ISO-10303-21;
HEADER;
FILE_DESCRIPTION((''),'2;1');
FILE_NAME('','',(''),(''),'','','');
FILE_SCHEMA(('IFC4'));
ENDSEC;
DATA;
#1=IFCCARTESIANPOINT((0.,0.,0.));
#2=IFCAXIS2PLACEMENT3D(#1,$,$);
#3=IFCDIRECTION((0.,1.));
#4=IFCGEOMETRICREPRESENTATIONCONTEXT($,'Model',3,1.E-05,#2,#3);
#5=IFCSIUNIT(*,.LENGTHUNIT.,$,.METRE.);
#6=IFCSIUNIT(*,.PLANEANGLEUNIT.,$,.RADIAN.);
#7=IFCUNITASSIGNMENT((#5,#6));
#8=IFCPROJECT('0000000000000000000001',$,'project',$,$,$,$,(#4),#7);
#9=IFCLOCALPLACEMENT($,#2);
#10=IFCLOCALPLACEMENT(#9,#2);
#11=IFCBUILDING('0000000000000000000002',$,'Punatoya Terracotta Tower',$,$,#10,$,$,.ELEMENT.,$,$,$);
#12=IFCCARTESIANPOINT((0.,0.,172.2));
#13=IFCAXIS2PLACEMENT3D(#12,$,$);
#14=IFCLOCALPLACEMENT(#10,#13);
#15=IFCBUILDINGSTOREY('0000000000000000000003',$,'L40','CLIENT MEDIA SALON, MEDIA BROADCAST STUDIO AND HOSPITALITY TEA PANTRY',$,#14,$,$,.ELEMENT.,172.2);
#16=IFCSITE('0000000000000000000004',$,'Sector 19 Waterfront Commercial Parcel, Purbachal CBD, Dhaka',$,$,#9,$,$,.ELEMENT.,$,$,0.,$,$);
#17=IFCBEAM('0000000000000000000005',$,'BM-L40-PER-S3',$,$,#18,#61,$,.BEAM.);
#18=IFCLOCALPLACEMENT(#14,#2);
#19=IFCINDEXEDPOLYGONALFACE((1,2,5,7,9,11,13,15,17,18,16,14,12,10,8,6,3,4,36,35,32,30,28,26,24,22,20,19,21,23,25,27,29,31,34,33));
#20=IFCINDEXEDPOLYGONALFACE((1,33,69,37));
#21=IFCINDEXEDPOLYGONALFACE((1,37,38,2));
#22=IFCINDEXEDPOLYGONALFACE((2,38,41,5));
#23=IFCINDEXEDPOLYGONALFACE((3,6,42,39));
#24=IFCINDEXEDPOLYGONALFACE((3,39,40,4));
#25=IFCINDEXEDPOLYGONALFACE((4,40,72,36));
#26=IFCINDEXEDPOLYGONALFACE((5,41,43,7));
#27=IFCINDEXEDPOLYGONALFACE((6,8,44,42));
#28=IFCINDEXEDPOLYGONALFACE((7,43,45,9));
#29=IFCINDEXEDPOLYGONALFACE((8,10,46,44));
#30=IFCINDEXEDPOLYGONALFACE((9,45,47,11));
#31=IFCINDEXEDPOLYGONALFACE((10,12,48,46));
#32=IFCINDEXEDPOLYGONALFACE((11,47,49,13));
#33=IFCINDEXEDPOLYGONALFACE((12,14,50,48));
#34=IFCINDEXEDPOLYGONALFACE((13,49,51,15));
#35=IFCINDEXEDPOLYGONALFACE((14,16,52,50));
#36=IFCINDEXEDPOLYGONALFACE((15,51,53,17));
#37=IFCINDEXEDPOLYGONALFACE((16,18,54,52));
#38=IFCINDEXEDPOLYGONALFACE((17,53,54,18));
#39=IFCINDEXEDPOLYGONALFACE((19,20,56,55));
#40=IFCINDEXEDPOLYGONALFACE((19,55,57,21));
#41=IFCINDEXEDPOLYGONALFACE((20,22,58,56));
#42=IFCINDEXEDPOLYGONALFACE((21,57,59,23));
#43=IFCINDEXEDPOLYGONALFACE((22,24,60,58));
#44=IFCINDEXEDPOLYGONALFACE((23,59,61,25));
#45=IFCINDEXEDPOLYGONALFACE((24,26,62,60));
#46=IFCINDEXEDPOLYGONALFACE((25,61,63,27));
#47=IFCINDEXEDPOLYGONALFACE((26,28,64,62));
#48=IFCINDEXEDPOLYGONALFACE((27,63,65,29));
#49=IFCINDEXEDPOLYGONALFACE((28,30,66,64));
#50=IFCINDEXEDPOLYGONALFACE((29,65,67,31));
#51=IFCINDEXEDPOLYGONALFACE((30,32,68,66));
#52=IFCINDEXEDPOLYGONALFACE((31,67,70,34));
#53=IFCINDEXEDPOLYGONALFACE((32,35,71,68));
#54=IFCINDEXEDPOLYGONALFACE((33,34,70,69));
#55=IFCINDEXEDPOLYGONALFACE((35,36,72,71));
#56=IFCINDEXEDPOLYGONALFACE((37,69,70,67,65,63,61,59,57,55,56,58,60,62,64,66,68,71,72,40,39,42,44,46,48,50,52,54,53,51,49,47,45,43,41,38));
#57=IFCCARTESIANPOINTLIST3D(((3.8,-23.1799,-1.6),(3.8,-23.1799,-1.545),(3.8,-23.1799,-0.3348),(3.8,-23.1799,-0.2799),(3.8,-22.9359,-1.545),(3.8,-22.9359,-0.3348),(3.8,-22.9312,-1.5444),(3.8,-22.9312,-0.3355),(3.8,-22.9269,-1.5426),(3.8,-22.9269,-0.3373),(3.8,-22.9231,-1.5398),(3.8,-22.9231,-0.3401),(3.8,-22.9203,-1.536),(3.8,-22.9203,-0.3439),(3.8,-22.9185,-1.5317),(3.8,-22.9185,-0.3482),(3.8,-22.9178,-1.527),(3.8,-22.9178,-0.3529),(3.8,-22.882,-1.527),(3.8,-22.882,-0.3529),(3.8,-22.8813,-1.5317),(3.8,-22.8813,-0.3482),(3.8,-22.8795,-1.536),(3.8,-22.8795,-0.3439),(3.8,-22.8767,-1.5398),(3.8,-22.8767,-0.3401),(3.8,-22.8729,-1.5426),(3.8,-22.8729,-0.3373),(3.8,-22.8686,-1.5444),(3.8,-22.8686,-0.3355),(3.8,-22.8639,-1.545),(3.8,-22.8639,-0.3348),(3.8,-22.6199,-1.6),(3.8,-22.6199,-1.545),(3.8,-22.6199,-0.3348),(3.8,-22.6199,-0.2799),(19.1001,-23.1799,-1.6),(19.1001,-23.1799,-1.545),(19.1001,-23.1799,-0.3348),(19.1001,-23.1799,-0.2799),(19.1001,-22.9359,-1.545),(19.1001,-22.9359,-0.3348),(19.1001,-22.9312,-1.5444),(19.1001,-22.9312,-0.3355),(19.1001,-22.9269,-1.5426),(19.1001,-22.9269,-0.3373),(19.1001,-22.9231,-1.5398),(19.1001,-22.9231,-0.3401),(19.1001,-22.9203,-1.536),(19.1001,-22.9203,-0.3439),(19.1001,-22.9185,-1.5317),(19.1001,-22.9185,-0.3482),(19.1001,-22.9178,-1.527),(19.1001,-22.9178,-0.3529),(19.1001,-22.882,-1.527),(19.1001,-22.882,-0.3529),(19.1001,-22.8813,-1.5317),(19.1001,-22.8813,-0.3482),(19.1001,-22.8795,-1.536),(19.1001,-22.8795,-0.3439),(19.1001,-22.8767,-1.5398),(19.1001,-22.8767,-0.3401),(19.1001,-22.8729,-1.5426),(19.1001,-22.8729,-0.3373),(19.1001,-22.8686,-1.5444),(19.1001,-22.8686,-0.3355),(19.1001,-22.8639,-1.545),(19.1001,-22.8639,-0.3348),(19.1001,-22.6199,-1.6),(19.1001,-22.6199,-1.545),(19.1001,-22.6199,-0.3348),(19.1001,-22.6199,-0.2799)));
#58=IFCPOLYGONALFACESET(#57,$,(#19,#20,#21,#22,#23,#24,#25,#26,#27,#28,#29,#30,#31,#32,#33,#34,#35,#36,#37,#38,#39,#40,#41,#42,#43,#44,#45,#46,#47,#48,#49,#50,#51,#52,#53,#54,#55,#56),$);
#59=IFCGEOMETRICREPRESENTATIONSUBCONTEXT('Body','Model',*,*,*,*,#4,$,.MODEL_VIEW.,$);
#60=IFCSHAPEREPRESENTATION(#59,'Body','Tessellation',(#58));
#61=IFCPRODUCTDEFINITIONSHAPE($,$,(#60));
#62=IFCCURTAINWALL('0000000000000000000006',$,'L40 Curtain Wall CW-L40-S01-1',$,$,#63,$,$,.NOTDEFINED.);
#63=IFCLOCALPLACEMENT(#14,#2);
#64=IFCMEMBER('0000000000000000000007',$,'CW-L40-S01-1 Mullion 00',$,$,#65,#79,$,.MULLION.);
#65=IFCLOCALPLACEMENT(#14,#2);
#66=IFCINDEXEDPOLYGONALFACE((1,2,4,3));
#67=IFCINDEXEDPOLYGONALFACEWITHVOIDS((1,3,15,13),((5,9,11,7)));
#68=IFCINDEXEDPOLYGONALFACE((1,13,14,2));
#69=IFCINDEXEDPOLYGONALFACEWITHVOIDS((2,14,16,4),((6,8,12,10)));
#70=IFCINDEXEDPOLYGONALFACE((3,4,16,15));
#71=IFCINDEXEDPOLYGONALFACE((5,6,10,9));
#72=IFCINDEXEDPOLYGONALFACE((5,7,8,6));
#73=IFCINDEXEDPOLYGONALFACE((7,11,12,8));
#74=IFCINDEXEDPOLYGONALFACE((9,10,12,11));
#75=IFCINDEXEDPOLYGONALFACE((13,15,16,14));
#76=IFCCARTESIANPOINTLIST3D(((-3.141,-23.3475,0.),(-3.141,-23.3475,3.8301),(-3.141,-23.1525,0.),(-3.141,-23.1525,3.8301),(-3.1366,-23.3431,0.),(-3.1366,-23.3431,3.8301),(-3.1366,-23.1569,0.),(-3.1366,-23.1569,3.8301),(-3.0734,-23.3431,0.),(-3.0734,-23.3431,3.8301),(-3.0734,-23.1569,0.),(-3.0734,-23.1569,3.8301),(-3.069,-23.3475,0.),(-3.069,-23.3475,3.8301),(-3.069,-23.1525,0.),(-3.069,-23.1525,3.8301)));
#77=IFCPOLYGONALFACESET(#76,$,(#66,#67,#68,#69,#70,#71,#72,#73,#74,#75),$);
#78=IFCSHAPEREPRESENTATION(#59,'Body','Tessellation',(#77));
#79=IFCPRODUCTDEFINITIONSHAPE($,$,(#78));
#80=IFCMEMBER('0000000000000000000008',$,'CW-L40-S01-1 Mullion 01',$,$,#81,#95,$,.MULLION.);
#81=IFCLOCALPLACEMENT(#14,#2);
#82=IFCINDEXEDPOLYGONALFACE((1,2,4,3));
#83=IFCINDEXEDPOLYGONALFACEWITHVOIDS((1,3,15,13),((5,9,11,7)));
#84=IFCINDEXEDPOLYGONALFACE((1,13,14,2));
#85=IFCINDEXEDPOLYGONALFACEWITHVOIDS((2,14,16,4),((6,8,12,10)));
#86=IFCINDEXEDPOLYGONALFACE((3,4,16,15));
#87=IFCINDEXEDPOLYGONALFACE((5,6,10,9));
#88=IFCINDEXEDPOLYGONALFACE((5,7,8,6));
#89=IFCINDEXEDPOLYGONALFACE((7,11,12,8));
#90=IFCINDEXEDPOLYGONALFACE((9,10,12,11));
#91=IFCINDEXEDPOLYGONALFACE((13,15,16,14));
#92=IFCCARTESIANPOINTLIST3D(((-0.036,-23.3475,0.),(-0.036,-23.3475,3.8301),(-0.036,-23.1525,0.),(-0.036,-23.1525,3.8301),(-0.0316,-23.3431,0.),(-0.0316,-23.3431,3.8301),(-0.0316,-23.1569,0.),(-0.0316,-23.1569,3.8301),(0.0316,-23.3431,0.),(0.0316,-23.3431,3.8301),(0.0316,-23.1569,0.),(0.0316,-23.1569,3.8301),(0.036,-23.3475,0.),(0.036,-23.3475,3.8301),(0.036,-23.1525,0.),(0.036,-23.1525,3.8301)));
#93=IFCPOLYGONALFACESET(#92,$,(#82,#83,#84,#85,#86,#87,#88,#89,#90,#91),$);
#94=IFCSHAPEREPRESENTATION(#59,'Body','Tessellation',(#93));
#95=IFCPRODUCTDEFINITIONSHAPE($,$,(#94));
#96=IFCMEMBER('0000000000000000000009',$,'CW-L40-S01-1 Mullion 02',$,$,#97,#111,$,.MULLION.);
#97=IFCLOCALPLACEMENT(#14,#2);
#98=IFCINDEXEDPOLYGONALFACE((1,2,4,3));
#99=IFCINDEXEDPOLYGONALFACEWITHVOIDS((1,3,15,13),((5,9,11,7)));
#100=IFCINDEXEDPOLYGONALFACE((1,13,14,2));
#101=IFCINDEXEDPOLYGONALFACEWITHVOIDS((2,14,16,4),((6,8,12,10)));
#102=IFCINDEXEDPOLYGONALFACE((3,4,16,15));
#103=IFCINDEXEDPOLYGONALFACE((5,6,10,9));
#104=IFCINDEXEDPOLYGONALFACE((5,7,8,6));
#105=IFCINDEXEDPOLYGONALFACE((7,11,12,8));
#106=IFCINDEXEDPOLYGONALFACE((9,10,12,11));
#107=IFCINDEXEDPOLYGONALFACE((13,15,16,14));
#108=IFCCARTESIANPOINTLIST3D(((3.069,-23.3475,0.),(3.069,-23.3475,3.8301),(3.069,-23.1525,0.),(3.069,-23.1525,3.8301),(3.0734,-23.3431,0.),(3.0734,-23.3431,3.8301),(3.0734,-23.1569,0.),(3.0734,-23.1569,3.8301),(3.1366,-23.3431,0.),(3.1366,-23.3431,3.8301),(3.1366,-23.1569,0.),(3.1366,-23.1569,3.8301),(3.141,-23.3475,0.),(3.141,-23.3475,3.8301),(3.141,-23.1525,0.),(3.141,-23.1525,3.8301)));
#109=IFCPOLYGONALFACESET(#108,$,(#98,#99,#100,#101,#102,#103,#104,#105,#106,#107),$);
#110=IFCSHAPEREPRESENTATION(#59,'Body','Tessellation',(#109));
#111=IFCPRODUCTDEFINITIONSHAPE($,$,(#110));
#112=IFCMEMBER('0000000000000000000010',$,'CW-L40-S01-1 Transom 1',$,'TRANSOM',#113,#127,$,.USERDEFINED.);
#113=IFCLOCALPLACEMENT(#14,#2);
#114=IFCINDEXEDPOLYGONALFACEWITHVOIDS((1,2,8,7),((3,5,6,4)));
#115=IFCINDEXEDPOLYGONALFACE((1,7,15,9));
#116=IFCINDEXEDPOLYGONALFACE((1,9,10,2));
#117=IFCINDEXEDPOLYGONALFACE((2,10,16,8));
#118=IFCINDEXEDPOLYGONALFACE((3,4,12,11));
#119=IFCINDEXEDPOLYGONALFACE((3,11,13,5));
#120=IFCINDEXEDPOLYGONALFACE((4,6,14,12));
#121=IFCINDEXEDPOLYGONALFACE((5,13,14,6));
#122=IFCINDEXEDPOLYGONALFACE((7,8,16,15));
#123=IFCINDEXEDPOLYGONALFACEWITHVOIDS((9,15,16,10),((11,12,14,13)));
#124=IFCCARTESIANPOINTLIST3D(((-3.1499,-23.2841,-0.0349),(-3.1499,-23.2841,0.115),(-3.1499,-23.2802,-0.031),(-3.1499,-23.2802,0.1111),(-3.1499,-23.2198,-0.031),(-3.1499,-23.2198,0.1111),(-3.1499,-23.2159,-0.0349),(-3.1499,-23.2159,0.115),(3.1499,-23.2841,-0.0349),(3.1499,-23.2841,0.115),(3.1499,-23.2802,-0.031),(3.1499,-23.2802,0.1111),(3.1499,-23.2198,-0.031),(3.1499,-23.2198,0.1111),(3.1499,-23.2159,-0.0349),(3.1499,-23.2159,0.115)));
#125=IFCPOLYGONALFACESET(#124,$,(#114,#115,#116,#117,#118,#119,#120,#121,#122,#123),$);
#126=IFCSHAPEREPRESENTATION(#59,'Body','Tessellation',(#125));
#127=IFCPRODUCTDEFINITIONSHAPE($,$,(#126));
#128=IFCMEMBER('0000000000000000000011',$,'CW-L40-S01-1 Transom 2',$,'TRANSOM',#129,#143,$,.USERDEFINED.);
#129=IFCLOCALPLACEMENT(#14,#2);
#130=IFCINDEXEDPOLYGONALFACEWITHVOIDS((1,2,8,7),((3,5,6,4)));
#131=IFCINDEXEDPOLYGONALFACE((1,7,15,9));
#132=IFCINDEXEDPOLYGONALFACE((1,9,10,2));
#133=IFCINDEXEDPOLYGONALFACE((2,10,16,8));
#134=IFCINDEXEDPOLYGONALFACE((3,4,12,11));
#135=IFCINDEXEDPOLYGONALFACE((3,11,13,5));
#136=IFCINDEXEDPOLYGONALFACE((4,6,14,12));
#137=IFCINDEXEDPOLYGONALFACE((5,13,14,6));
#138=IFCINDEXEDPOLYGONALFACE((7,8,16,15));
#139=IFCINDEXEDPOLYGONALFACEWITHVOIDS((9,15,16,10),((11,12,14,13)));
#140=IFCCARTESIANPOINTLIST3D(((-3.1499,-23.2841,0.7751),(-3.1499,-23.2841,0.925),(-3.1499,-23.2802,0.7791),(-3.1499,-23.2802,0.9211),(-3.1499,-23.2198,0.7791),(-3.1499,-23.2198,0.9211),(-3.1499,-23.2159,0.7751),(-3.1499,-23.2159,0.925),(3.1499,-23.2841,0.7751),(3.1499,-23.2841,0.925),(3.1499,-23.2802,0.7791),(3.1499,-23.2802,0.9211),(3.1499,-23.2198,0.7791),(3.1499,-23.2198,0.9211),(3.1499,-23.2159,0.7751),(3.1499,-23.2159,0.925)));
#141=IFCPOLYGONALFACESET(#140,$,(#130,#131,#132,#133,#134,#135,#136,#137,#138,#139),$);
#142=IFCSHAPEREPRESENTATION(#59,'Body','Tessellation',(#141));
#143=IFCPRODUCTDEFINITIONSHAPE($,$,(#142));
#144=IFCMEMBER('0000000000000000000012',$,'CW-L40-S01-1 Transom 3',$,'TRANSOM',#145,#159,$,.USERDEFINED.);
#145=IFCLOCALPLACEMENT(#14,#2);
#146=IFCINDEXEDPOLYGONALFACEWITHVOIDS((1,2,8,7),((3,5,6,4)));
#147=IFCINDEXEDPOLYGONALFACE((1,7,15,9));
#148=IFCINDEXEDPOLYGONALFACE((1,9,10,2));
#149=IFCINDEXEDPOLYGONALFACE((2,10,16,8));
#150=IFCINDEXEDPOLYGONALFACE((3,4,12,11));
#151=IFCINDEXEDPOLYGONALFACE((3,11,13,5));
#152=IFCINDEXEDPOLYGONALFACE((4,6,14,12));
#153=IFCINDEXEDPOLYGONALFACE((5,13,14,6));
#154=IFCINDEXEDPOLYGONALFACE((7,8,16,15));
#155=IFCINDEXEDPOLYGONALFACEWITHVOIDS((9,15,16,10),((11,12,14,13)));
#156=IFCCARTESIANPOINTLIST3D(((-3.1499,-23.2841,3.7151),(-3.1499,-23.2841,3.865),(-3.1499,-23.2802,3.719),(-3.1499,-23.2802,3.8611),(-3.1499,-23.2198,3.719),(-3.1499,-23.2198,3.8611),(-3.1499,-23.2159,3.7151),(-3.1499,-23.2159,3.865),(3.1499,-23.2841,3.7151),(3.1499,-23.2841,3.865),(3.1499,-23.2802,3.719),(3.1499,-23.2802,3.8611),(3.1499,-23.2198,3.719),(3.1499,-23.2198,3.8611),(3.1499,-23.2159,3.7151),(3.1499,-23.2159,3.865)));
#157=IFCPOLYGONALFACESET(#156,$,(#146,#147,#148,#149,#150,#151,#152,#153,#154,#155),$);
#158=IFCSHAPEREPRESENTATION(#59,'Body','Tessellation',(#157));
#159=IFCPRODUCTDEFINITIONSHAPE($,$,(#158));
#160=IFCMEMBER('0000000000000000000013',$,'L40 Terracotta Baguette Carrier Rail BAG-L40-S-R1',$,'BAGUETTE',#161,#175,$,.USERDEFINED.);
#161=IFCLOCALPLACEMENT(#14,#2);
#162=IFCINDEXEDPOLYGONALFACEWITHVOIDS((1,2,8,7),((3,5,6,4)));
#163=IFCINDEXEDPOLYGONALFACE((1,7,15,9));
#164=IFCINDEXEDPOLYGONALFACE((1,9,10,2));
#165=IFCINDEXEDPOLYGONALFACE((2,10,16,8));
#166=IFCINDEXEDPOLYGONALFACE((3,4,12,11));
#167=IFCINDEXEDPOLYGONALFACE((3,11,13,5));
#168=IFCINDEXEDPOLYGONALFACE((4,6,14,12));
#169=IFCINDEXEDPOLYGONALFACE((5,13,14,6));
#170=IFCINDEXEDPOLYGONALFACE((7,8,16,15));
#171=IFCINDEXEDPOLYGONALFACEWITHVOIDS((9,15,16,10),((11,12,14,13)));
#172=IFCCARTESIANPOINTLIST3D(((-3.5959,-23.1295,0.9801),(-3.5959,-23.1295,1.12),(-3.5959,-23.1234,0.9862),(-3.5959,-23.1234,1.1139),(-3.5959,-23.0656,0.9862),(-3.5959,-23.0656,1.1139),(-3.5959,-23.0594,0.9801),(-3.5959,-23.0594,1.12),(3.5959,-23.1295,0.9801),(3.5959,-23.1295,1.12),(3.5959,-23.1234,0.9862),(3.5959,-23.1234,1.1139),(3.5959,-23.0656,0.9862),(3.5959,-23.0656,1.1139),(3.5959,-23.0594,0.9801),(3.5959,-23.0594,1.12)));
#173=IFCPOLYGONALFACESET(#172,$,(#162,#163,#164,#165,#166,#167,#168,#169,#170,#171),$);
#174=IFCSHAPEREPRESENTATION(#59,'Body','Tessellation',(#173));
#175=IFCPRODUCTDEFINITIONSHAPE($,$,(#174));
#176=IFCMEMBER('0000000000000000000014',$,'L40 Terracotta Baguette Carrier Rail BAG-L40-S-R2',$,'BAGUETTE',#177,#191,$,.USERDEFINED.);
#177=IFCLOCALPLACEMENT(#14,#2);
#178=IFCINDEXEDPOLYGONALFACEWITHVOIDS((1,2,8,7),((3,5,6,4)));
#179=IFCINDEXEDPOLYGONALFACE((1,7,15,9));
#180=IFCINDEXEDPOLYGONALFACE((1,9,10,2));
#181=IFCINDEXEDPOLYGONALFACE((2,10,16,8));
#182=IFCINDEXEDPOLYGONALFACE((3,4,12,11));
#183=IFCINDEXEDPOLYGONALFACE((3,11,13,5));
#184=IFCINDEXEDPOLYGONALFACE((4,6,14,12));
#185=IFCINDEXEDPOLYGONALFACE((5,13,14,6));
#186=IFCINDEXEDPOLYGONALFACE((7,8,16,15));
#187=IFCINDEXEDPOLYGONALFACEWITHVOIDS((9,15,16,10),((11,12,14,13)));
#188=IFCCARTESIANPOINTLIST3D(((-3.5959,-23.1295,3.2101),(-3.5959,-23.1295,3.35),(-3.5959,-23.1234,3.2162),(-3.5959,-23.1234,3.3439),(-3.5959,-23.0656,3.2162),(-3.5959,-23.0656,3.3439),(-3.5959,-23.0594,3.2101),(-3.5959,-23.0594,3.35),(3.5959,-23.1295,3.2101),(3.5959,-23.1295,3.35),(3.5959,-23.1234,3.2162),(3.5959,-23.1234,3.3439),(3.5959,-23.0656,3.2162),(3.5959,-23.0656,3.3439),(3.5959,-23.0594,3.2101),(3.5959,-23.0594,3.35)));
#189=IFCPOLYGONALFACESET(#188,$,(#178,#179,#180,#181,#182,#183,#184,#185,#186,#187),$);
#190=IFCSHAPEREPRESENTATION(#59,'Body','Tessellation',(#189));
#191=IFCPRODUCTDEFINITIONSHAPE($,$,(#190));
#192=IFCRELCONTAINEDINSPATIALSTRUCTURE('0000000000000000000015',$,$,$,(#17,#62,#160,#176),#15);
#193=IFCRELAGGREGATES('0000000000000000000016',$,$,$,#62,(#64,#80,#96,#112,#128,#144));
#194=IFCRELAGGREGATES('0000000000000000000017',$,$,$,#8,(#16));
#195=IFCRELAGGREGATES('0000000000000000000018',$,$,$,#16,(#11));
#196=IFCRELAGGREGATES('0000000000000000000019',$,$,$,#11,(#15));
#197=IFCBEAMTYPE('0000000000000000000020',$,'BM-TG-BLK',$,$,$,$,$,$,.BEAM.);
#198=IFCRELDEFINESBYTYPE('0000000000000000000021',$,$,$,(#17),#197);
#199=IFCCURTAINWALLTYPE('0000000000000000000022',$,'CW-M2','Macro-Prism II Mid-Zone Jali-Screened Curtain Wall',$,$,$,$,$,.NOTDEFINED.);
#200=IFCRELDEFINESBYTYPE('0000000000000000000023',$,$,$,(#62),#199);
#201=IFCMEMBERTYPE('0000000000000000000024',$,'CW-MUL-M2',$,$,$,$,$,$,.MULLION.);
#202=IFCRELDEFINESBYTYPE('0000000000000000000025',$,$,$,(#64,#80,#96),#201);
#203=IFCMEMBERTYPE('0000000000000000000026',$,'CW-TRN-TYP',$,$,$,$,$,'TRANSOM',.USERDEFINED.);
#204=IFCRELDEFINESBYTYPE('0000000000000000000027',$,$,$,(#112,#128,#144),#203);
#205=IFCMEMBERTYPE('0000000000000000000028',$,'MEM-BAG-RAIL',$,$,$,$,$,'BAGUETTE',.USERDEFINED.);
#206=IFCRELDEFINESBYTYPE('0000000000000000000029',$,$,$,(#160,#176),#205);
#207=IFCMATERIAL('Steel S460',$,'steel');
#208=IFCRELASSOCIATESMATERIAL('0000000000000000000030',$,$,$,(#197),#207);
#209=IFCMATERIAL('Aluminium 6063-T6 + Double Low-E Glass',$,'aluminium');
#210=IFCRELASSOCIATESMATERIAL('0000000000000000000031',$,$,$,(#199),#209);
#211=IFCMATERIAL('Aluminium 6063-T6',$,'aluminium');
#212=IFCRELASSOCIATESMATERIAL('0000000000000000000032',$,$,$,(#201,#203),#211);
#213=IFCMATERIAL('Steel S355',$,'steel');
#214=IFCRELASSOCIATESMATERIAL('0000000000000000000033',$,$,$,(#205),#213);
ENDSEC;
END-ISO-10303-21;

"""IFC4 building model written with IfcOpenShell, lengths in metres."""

from ifc_helpers import new_model, si_unit, direction, frame, origin, origin_2d, place, context, subcontext, project, spatial, hollow_rectangle, i_section, extrude, material, material_profile, profile_set, type_object, element, aggregate, save


model = new_model("IFC4")

# Units and contexts
model_context = context("Model", 3, precision=1e-05, world=origin(), true_north=direction((0.0, 1.0)))
body_context = subcontext(model_context, "Body", "Model", "MODEL_VIEW")
ifc_project = project(units=[si_unit("LENGTHUNIT", "METRE"), si_unit("PLANEANGLEUNIT", "RADIAN")], contexts=[model_context])

# Site, building, storey
site_placement = place(None, origin())
site = spatial("IfcSite", under=ifc_project, at=site_placement, Name="Sector 19 Waterfront Commercial Parcel, Purbachal CBD, Dhaka", CompositionType="ELEMENT", RefElevation=0.0)
building_placement = place(site_placement, origin())
building = spatial("IfcBuilding", under=site, at=building_placement, Name="Punatoya Terracotta Tower", CompositionType="ELEMENT")
storey_placement = place(building_placement, frame((0.0, 0.0, 172.2)))
storey = spatial("IfcBuildingStorey", under=building, at=storey_placement, Name="L40", Description="CLIENT MEDIA SALON, MEDIA BROADCAST STUDIO AND HOSPITALITY TEA PANTRY", CompositionType="ELEMENT", Elevation=172.2)

# Shared definitions
ifc_material_1 = material(Name="Steel S460", Category="steel")

# Beam
ifc_material_profile_1 = material_profile(ifc_material_1, i_section(OverallWidth=0.5601, OverallDepth=1.3201, WebThickness=0.0359, FlangeThickness=0.0549, FilletRadius=0.0181, at=origin_2d()))
ifc_profile_set_1 = profile_set([ifc_material_profile_1], Name="Steel S460")
beam_type = type_object("IfcBeamType", Name="BM-TG-BLK", PredefinedType="BEAM", material=ifc_profile_set_1)
beam_1_placement = place(storey_placement, frame((3.8, -22.8999, -0.9399), z_axis=(1.0, 0.0, 0.0), x_axis=(0.0, 1.0, 0.0)))
element("IfcBeam", 1, at=beam_1_placement, inside=storey, type_object=beam_type, Name="BM-L40-PER-S3", PredefinedType="BEAM", context=body_context, shape_type="SweptSolid", body=[
    extrude(i_section(OverallWidth=0.5601, OverallDepth=1.3201, WebThickness=0.0359, FlangeThickness=0.0549, FilletRadius=0.0181, at=origin_2d()), origin(), (0.0, 0.0, 1.0), 15.3),
])

# Curtain wall, members
ifc_material_2 = material(Name="Aluminium 6063-T6 + Double Low-E Glass", Category="aluminium")
curtain_wall_type = type_object("IfcCurtainWallType", Name="CW-M2", Description="Macro-Prism II Mid-Zone Jali-Screened Curtain Wall", PredefinedType="NOTDEFINED", material=ifc_material_2)
curtain_wall_placement = place(storey_placement, origin())
curtain_wall = element("IfcCurtainWall", 2, at=curtain_wall_placement, inside=storey, type_object=curtain_wall_type, Name="L40 Curtain Wall CW-L40-S01-1", PredefinedType="NOTDEFINED")
ifc_material_3 = material(Name="Aluminium 6063-T6", Category="aluminium")
ifc_material_profile_2 = material_profile(ifc_material_3, hollow_rectangle(XDim=0.072, YDim=0.1951, WallThickness=0.0044, at=origin_2d()))
ifc_profile_set_2 = profile_set([ifc_material_profile_2], Name="Aluminium 6063-T6")
member_type_1 = type_object("IfcMemberType", Name="CW-MUL-M2", PredefinedType="MULLION", material=ifc_profile_set_2)
member_1_placement = place(storey_placement, frame((-3.105, -23.25, 0.0), z_axis=(0.0, 0.0, 1.0), x_axis=(1.0, 0.0, 0.0)))
member_1 = element("IfcMember", 3, at=member_1_placement, type_object=member_type_1, Name="CW-L40-S01-1 Mullion 00", PredefinedType="MULLION", context=body_context, shape_type="SweptSolid", body=[
    extrude(hollow_rectangle(XDim=0.072, YDim=0.1951, WallThickness=0.0044, at=origin_2d()), origin(), (0.0, 0.0, 1.0), 3.8301),
])
member_2_placement = place(storey_placement, frame((0.0, -23.25, 0.0), z_axis=(0.0, 0.0, 1.0), x_axis=(1.0, 0.0, 0.0)))
member_2 = element("IfcMember", 4, at=member_2_placement, type_object=member_type_1, Name="CW-L40-S01-1 Mullion 01", PredefinedType="MULLION", context=body_context, shape_type="SweptSolid", body=[
    extrude(hollow_rectangle(XDim=0.072, YDim=0.1951, WallThickness=0.0044, at=origin_2d()), origin(), (0.0, 0.0, 1.0), 3.8301),
])
member_3_placement = place(storey_placement, frame((3.105, -23.25, 0.0), z_axis=(0.0, 0.0, 1.0), x_axis=(1.0, 0.0, 0.0)))
member_3 = element("IfcMember", 5, at=member_3_placement, type_object=member_type_1, Name="CW-L40-S01-1 Mullion 02", PredefinedType="MULLION", context=body_context, shape_type="SweptSolid", body=[
    extrude(hollow_rectangle(XDim=0.072, YDim=0.1951, WallThickness=0.0044, at=origin_2d()), origin(), (0.0, 0.0, 1.0), 3.8301),
])
ifc_material_profile_3 = material_profile(ifc_material_3, hollow_rectangle(XDim=0.0681, YDim=0.1499, WallThickness=0.0039, at=origin_2d()))
ifc_profile_set_3 = profile_set([ifc_material_profile_3], Name="Aluminium 6063-T6")
member_type_2 = type_object("IfcMemberType", Name="CW-TRN-TYP", ElementType="TRANSOM", PredefinedType="USERDEFINED", material=ifc_profile_set_3)
member_4_placement = place(storey_placement, frame((-3.1499, -23.25, 0.04), z_axis=(1.0, 0.0, 0.0), x_axis=(0.0, 1.0, 0.0)))
member_4 = element("IfcMember", 6, at=member_4_placement, type_object=member_type_2, Name="CW-L40-S01-1 Transom 1", ObjectType="TRANSOM", PredefinedType="USERDEFINED", context=body_context, shape_type="SweptSolid", body=[
    extrude(hollow_rectangle(XDim=0.0681, YDim=0.1499, WallThickness=0.0039, at=origin_2d()), origin(), (0.0, 0.0, 1.0), 6.2998),
])
member_5_placement = place(storey_placement, frame((-3.1499, -23.25, 0.8501), z_axis=(1.0, 0.0, 0.0), x_axis=(0.0, 1.0, 0.0)))
member_5 = element("IfcMember", 7, at=member_5_placement, type_object=member_type_2, Name="CW-L40-S01-1 Transom 2", ObjectType="TRANSOM", PredefinedType="USERDEFINED", context=body_context, shape_type="SweptSolid", body=[
    extrude(hollow_rectangle(XDim=0.0681, YDim=0.1499, WallThickness=0.0039, at=origin_2d()), origin(), (0.0, 0.0, 1.0), 6.2998),
])
member_6_placement = place(storey_placement, frame((-3.1499, -23.25, 3.79), z_axis=(1.0, 0.0, 0.0), x_axis=(0.0, 1.0, 0.0)))
member_6 = element("IfcMember", 8, at=member_6_placement, type_object=member_type_2, Name="CW-L40-S01-1 Transom 3", ObjectType="TRANSOM", PredefinedType="USERDEFINED", context=body_context, shape_type="SweptSolid", body=[
    extrude(hollow_rectangle(XDim=0.0681, YDim=0.1499, WallThickness=0.0039, at=origin_2d()), origin(), (0.0, 0.0, 1.0), 6.2998),
])

# Members
ifc_material_4 = material(Name="Steel S355", Category="steel")
ifc_material_profile_4 = material_profile(ifc_material_4, hollow_rectangle(XDim=0.0701, YDim=0.1399, WallThickness=0.0061, at=origin_2d()))
ifc_profile_set_4 = profile_set([ifc_material_profile_4], Name="Steel S355")
member_type_3 = type_object("IfcMemberType", Name="MEM-BAG-RAIL", ElementType="BAGUETTE", PredefinedType="USERDEFINED", material=ifc_profile_set_4)
for number, where, z_axis, x_axis, name in (
    (9, (-3.5959, -23.0945, 1.05), (1.0, 0.0, 0.0), (0.0, 1.0, 0.0), "L40 Terracotta Baguette Carrier Rail BAG-L40-S-R1"),
    (10, (-3.5959, -23.0945, 3.28), (1.0, 0.0, 0.0), (0.0, 1.0, 0.0), "L40 Terracotta Baguette Carrier Rail BAG-L40-S-R2"),
):
    element("IfcMember", number, at=place(storey_placement, frame(where, z_axis=z_axis, x_axis=x_axis)), inside=storey, type_object=member_type_3, Name=name, ObjectType="BAGUETTE", PredefinedType="USERDEFINED", context=body_context, shape_type="SweptSolid", body=[
        extrude(hollow_rectangle(XDim=0.0701, YDim=0.1399, WallThickness=0.0061, at=origin_2d()), origin(), (0.0, 0.0, 1.0), 7.1919),
    ])

aggregate(curtain_wall, [member_1, member_2, member_3, member_4, member_5, member_6])

save(model, "model.ifc")
